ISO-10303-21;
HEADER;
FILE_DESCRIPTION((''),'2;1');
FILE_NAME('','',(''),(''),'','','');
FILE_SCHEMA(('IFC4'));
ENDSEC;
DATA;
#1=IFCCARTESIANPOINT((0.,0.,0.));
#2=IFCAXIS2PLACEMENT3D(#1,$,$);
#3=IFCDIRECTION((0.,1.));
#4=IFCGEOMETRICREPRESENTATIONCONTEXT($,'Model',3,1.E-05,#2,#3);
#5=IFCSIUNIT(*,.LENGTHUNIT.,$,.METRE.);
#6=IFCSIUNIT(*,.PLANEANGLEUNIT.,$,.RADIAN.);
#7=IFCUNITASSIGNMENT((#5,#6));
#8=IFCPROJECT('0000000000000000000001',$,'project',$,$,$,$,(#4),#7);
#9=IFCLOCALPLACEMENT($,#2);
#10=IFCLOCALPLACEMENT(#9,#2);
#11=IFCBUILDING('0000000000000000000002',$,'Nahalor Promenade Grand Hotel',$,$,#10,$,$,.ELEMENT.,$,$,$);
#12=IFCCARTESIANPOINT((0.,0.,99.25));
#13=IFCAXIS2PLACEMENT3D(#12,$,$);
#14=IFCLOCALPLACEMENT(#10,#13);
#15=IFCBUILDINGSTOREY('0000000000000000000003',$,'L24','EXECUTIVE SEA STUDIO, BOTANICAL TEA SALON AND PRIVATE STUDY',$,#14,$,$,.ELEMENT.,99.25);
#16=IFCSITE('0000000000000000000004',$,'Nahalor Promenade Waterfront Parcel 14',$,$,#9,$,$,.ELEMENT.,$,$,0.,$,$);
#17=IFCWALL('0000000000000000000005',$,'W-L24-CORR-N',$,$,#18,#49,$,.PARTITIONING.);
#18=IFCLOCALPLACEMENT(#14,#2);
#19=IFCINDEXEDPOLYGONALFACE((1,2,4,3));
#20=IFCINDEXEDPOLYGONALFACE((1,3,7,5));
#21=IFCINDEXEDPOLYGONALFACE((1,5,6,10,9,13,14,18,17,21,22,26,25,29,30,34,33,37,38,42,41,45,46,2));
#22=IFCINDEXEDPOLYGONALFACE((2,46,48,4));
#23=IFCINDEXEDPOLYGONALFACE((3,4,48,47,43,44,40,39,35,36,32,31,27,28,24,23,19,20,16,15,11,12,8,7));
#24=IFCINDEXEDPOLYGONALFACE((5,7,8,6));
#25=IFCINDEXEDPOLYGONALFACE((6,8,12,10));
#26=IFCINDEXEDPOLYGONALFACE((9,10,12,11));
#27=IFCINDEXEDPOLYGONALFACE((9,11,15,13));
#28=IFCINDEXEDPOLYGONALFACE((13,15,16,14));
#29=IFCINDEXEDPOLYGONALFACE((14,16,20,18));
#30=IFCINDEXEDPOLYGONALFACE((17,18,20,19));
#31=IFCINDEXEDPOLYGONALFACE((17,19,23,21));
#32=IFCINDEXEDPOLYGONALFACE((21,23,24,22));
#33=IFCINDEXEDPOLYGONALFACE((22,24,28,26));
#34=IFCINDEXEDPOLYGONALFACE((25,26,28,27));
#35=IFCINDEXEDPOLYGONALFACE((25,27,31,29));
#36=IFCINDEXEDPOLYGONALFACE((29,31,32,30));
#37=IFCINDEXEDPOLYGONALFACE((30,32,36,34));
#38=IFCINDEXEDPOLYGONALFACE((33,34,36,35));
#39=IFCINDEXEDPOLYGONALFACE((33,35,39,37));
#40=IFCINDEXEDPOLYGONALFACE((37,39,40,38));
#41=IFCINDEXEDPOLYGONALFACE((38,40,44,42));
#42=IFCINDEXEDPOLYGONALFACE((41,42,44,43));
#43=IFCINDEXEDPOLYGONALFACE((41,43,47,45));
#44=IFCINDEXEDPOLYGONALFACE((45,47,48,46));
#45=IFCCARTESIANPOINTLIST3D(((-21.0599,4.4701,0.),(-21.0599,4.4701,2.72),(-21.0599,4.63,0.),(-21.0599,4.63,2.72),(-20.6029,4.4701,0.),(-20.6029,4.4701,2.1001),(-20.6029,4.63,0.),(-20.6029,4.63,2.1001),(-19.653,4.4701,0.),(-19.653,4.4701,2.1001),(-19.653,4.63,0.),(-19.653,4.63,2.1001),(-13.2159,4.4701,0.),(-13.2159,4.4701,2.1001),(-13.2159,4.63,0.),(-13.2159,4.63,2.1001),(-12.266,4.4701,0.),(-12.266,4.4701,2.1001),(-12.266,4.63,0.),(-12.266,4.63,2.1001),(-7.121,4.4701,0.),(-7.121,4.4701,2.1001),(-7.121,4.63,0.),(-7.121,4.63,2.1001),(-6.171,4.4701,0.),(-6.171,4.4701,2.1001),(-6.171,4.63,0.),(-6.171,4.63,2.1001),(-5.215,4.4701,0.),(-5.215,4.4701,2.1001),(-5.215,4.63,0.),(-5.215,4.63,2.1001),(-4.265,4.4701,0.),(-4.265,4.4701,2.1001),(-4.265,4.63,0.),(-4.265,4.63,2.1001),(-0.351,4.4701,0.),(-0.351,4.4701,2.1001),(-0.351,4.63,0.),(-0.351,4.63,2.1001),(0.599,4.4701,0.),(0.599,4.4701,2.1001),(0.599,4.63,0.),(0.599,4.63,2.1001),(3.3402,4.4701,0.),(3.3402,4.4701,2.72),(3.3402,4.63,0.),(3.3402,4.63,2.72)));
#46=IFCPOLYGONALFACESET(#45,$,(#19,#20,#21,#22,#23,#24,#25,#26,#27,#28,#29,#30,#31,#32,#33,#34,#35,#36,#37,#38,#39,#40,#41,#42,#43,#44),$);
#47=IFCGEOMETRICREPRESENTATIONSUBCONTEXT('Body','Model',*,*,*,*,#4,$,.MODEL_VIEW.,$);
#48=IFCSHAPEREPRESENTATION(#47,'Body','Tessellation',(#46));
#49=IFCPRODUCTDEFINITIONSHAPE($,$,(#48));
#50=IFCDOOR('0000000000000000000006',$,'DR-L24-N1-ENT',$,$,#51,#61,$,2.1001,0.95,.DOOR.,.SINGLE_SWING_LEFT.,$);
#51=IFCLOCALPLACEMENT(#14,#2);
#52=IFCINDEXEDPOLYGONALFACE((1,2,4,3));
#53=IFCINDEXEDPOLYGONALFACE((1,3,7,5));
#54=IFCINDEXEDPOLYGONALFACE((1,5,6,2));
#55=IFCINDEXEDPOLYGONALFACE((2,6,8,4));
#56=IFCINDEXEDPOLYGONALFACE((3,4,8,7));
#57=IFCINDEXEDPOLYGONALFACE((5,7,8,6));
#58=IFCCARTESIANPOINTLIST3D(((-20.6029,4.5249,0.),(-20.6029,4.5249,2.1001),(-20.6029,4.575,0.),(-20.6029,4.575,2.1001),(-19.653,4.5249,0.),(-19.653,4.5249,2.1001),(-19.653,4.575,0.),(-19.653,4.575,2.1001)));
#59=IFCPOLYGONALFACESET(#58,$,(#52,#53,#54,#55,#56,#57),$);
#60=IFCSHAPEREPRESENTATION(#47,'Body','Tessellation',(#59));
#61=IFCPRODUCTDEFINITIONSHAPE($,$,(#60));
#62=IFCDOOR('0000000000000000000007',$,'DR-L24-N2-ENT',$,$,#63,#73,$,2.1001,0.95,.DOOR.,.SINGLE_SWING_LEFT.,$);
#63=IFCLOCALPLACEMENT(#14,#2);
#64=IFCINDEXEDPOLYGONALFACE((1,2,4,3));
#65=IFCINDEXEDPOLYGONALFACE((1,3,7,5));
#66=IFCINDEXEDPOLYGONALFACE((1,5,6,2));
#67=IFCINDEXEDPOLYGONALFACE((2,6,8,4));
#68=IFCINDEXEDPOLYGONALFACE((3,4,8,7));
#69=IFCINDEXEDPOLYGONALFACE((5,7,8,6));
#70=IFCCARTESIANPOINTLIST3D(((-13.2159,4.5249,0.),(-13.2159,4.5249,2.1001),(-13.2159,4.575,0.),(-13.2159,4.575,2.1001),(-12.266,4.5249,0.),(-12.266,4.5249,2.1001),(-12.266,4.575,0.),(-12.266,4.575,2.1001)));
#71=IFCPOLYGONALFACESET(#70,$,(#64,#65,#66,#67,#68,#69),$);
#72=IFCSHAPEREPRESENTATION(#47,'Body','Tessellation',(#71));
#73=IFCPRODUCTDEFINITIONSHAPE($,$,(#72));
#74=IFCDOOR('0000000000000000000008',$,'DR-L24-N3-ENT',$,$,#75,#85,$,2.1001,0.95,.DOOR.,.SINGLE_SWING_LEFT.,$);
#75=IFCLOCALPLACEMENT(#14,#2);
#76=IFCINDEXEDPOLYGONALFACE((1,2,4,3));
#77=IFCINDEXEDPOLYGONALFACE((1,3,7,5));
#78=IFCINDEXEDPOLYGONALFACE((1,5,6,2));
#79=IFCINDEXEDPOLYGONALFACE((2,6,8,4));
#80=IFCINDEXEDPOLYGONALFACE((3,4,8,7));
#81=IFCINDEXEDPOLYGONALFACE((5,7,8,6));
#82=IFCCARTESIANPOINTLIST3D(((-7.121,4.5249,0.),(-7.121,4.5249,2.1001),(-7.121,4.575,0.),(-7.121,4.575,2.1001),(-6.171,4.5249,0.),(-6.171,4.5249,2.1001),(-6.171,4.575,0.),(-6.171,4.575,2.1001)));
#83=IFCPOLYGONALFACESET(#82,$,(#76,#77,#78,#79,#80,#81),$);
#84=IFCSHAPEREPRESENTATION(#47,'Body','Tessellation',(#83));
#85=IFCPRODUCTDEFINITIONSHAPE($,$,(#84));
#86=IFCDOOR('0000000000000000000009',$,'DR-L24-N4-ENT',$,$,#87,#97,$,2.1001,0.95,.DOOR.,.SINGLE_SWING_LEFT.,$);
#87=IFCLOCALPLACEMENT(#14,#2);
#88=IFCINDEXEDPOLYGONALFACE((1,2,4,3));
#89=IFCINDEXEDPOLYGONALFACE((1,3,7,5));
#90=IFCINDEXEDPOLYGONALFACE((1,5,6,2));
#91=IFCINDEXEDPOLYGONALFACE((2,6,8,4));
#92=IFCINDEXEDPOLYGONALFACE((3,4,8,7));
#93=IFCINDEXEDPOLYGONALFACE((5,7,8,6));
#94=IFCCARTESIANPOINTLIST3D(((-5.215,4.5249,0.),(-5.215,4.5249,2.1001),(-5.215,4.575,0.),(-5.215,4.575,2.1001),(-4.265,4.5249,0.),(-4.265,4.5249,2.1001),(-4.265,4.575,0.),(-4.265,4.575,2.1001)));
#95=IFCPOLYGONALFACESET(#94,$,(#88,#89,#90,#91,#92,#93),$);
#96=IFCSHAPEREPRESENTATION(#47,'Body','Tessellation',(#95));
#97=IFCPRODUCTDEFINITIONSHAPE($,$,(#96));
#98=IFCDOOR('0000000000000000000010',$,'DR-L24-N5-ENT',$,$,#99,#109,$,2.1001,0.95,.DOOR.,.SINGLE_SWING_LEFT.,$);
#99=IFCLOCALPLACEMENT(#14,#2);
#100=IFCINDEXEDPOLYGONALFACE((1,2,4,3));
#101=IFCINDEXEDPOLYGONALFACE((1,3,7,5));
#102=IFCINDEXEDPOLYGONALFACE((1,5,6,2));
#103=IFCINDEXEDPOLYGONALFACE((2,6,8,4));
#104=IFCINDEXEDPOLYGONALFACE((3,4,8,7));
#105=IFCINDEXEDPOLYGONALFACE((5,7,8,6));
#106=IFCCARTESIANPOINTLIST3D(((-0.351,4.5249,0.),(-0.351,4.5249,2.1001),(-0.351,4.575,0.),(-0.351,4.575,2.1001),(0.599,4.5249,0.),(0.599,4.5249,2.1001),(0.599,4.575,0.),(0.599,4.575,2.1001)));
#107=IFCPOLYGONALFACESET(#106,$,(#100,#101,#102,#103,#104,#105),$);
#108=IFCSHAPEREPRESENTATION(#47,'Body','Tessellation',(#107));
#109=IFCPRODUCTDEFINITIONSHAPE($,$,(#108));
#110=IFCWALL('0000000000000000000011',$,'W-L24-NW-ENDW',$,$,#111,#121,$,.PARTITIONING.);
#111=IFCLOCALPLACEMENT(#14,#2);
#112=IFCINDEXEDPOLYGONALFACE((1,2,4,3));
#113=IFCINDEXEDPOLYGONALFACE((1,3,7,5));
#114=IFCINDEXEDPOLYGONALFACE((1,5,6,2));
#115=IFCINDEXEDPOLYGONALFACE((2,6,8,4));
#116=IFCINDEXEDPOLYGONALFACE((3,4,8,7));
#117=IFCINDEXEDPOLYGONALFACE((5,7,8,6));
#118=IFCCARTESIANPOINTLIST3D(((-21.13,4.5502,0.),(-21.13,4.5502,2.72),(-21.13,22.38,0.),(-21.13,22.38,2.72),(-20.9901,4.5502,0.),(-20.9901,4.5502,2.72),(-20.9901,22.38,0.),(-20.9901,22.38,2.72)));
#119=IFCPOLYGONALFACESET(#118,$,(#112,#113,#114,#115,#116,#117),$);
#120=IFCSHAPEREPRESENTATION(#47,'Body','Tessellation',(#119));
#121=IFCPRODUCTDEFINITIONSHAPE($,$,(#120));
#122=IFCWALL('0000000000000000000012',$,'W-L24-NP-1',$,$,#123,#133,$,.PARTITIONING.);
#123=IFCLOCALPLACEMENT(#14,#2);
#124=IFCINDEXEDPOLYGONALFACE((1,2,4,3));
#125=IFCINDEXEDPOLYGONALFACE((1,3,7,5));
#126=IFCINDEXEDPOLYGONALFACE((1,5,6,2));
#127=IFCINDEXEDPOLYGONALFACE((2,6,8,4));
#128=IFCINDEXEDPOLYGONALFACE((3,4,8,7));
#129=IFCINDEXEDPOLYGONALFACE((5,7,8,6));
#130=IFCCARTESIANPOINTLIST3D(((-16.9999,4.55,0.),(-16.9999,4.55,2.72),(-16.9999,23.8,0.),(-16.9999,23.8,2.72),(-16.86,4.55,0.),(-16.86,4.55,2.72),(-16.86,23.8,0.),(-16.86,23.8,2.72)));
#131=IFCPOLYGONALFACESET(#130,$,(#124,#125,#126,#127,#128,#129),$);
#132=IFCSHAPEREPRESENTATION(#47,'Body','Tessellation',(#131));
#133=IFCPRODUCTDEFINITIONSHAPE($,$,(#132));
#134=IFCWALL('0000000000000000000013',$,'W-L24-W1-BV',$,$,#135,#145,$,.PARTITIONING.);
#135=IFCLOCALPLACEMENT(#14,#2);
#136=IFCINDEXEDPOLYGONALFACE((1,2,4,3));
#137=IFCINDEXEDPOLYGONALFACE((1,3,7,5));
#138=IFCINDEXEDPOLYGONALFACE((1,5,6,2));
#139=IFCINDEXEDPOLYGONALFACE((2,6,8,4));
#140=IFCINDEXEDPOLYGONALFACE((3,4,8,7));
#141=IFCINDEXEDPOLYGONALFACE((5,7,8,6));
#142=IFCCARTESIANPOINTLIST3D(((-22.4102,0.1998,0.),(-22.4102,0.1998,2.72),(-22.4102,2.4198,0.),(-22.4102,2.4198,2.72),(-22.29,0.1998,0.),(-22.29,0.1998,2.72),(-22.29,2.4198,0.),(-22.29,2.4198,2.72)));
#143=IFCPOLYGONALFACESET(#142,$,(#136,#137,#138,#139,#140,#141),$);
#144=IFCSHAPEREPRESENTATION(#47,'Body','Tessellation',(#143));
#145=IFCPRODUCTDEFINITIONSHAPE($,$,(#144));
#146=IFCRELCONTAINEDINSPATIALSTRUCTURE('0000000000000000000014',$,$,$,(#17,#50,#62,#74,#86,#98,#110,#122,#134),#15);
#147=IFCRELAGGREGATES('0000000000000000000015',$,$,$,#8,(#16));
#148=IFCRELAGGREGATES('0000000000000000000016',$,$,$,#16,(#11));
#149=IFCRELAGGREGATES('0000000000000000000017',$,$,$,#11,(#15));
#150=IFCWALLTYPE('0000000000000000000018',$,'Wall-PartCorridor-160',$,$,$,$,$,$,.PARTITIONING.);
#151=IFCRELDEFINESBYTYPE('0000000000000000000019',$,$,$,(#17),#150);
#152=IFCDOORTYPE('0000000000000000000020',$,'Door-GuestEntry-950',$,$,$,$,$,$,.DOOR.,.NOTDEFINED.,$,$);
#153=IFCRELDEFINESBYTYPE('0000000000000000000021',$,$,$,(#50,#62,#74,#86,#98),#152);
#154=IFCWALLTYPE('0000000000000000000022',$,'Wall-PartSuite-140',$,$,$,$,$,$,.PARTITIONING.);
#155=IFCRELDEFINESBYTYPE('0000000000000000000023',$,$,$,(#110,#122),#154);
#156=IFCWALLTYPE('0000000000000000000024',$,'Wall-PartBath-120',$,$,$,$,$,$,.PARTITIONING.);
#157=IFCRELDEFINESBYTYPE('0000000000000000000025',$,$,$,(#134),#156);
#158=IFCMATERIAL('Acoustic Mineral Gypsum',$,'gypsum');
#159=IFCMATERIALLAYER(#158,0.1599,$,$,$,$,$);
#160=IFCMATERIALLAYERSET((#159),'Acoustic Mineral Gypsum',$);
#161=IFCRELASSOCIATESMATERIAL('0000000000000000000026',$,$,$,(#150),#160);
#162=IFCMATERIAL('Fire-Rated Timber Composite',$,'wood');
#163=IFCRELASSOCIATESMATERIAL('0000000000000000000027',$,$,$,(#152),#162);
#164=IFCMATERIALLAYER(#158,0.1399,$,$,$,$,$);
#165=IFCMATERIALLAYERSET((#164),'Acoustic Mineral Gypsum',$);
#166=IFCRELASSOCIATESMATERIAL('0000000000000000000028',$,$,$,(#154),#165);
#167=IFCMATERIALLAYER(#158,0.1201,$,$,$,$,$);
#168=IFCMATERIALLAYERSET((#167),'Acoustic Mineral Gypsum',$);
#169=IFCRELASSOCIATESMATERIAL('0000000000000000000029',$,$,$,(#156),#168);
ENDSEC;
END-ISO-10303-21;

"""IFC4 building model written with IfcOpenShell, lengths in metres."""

from ifc_helpers import new_model, si_unit, direction, frame, frame_2d, origin, place, context, subcontext, project, spatial, rectangle, extrude, source, transform, mapped, material, layer, layer_set, type_object, element, fill, save


model = new_model("IFC4")

# Units and contexts
model_context = context("Model", 3, precision=1e-05, world=origin(), true_north=direction((0.0, 1.0)))
body_context = subcontext(model_context, "Body", "Model", "MODEL_VIEW")
ifc_project = project(units=[si_unit("LENGTHUNIT", "METRE"), si_unit("PLANEANGLEUNIT", "RADIAN")], contexts=[model_context])

# Site, building, storey
site_placement = place(None, origin())
site = spatial("IfcSite", under=ifc_project, at=site_placement, Name="Nahalor Promenade Waterfront Parcel 14", CompositionType="ELEMENT", RefElevation=0.0)
building_placement = place(site_placement, origin())
building = spatial("IfcBuilding", under=site, at=building_placement, Name="Nahalor Promenade Grand Hotel", CompositionType="ELEMENT")
storey_placement = place(building_placement, frame((0.0, 0.0, 99.25)))
storey = spatial("IfcBuildingStorey", under=building, at=storey_placement, Name="L24", Description="EXECUTIVE SEA STUDIO, BOTANICAL TEA SALON AND PRIVATE STUDY", CompositionType="ELEMENT", Elevation=99.25)

# Wall, openings, doors
ifc_material_1 = material(Name="Acoustic Mineral Gypsum", Category="gypsum")
ifc_layer_1 = layer(ifc_material_1, 0.1599)
ifc_layer_set_1 = layer_set([ifc_layer_1], Name="Acoustic Mineral Gypsum")
wall_type_1 = type_object("IfcWallType", Name="Wall-PartCorridor-160", PredefinedType="PARTITIONING", material=ifc_layer_set_1)
shared_shape_1 = source(origin(), body_context, "Body", "SweptSolid", [
    extrude(rectangle(XDim=24.4001, YDim=0.1599, at=frame_2d((12.2002, 0.0))), origin(), (0.0, 0.0, 1.0), 2.72),
])
wall_1_placement = place(storey_placement, frame((-21.0601, 4.55, 0.0), z_axis=(0.0, 0.0, 1.0), x_axis=(1.0, 0.0, 0.0)))
wall_1 = element("IfcWall", 1, at=wall_1_placement, inside=storey, type_object=wall_type_1, Name="W-L24-CORR-N", PredefinedType="PARTITIONING", context=body_context, shape_type="MappedRepresentation", body=[
    mapped(shared_shape_1, transform((0.0, 0.0, 0.0), scale=1.0)),
])
opening_1_placement = place(wall_1_placement, frame((0.457, 0.0, 0.0)))
opening_1 = element("IfcOpeningElement", 2, at=opening_1_placement, cuts=wall_1, PredefinedType="OPENING", context=body_context, shape_type="SweptSolid", body=[
    extrude(rectangle(XDim=0.95, YDim=2.1001, at=frame_2d((0.4751, 1.05))), frame((0.0, 0.0898, 0.0), z_axis=(0.0, -1.0, 0.0), x_axis=(1.0, 0.0, 0.0)), (0.0, 0.0, 1.0), 0.1799),
])
opening_2_placement = place(wall_1_placement, frame((7.844, 0.0, 0.0)))
opening_2 = element("IfcOpeningElement", 3, at=opening_2_placement, cuts=wall_1, PredefinedType="OPENING", context=body_context, shape_type="SweptSolid", body=[
    extrude(rectangle(XDim=0.95, YDim=2.1001, at=frame_2d((0.4751, 1.05))), frame((0.0, 0.0898, 0.0), z_axis=(0.0, -1.0, 0.0), x_axis=(1.0, 0.0, 0.0)), (0.0, 0.0, 1.0), 0.1799),
])
opening_3_placement = place(wall_1_placement, frame((13.939, 0.0, 0.0)))
opening_3 = element("IfcOpeningElement", 4, at=opening_3_placement, cuts=wall_1, PredefinedType="OPENING", context=body_context, shape_type="SweptSolid", body=[
    extrude(rectangle(XDim=0.95, YDim=2.1001, at=frame_2d((0.4751, 1.05))), frame((0.0, 0.0898, 0.0), z_axis=(0.0, -1.0, 0.0), x_axis=(1.0, 0.0, 0.0)), (0.0, 0.0, 1.0), 0.1799),
])
opening_4_placement = place(wall_1_placement, frame((15.845, 0.0, 0.0)))
opening_4 = element("IfcOpeningElement", 5, at=opening_4_placement, cuts=wall_1, PredefinedType="OPENING", context=body_context, shape_type="SweptSolid", body=[
    extrude(rectangle(XDim=0.95, YDim=2.1001, at=frame_2d((0.4751, 1.05))), frame((0.0, 0.0898, 0.0), z_axis=(0.0, -1.0, 0.0), x_axis=(1.0, 0.0, 0.0)), (0.0, 0.0, 1.0), 0.1799),
])
opening_5_placement = place(wall_1_placement, frame((20.709, 0.0, 0.0)))
opening_5 = element("IfcOpeningElement", 6, at=opening_5_placement, cuts=wall_1, PredefinedType="OPENING", context=body_context, shape_type="SweptSolid", body=[
    extrude(rectangle(XDim=0.95, YDim=2.1001, at=frame_2d((0.4751, 1.05))), frame((0.0, 0.0898, 0.0), z_axis=(0.0, -1.0, 0.0), x_axis=(1.0, 0.0, 0.0)), (0.0, 0.0, 1.0), 0.1799),
])
ifc_material_2 = material(Name="Fire-Rated Timber Composite", Category="wood")
door_type_1 = type_object("IfcDoorType", Name="Door-GuestEntry-950", OperationType="NOTDEFINED", PredefinedType="DOOR", material=ifc_material_2)
shared_shape_2 = source(origin(), body_context, "Body", "SweptSolid", [
    extrude(rectangle(XDim=0.95, YDim=2.1001, at=frame_2d((0.4751, 1.05))), frame((0.0, 0.0249, 0.0), z_axis=(0.0, -1.0, 0.0), x_axis=(1.0, 0.0, 0.0)), (0.0, 0.0, 1.0), 0.05),
])
door_1_placement = place(opening_1_placement, origin())
door_1 = element("IfcDoor", 7, at=door_1_placement, inside=storey, type_object=door_type_1, Name="DR-L24-N1-ENT", OperationType="SINGLE_SWING_LEFT", OverallHeight=2.1001, OverallWidth=0.95, PredefinedType="DOOR", context=body_context, shape_type="MappedRepresentation", body=[
    mapped(shared_shape_2, transform((0.0, 0.0, 0.0), scale=1.0)),
])
fill(opening_1, door_1)
door_2_placement = place(opening_2_placement, origin())
door_2 = element("IfcDoor", 8, at=door_2_placement, inside=storey, type_object=door_type_1, Name="DR-L24-N2-ENT", OperationType="SINGLE_SWING_LEFT", OverallHeight=2.1001, OverallWidth=0.95, PredefinedType="DOOR", context=body_context, shape_type="MappedRepresentation", body=[
    mapped(shared_shape_2, transform((0.0, 0.0, 0.0), scale=1.0)),
])
fill(opening_2, door_2)
door_3_placement = place(opening_3_placement, origin())
door_3 = element("IfcDoor", 9, at=door_3_placement, inside=storey, type_object=door_type_1, Name="DR-L24-N3-ENT", OperationType="SINGLE_SWING_LEFT", OverallHeight=2.1001, OverallWidth=0.95, PredefinedType="DOOR", context=body_context, shape_type="MappedRepresentation", body=[
    mapped(shared_shape_2, transform((0.0, 0.0, 0.0), scale=1.0)),
])
fill(opening_3, door_3)
door_4_placement = place(opening_4_placement, origin())
door_4 = element("IfcDoor", 10, at=door_4_placement, inside=storey, type_object=door_type_1, Name="DR-L24-N4-ENT", OperationType="SINGLE_SWING_LEFT", OverallHeight=2.1001, OverallWidth=0.95, PredefinedType="DOOR", context=body_context, shape_type="MappedRepresentation", body=[
    mapped(shared_shape_2, transform((0.0, 0.0, 0.0), scale=1.0)),
])
fill(opening_4, door_4)
door_5_placement = place(opening_5_placement, origin())
door_5 = element("IfcDoor", 11, at=door_5_placement, inside=storey, type_object=door_type_1, Name="DR-L24-N5-ENT", OperationType="SINGLE_SWING_LEFT", OverallHeight=2.1001, OverallWidth=0.95, PredefinedType="DOOR", context=body_context, shape_type="MappedRepresentation", body=[
    mapped(shared_shape_2, transform((0.0, 0.0, 0.0), scale=1.0)),
])
fill(opening_5, door_5)

# Walls
ifc_layer_2 = layer(ifc_material_1, 0.1399)
ifc_layer_set_2 = layer_set([ifc_layer_2], Name="Acoustic Mineral Gypsum")
wall_type_2 = type_object("IfcWallType", Name="Wall-PartSuite-140", PredefinedType="PARTITIONING", material=ifc_layer_set_2)
shared_shape_3 = source(origin(), body_context, "Body", "SweptSolid", [
    extrude(rectangle(XDim=17.8298, YDim=0.1399, at=frame_2d((8.915, 0.0))), origin(), (0.0, 0.0, 1.0), 2.72),
])
wall_2_placement = place(storey_placement, frame((-21.0601, 4.55, 0.0), z_axis=(0.0, 0.0, 1.0), x_axis=(0.0, 1.0, 0.0)))
element("IfcWall", 12, at=wall_2_placement, inside=storey, type_object=wall_type_2, Name="W-L24-NW-ENDW", PredefinedType="PARTITIONING", context=body_context, shape_type="MappedRepresentation", body=[
    mapped(shared_shape_3, transform((0.0, 0.0, 0.0), scale=1.0)),
])
shared_shape_4 = source(origin(), body_context, "Body", "SweptSolid", [
    extrude(rectangle(XDim=19.25, YDim=0.1399, at=frame_2d((9.625, 0.0))), origin(), (0.0, 0.0, 1.0), 2.72),
])
wall_3_placement = place(storey_placement, frame((-16.9299, 4.55, 0.0), z_axis=(0.0, 0.0, 1.0), x_axis=(0.0, 1.0, 0.0)))
element("IfcWall", 13, at=wall_3_placement, inside=storey, type_object=wall_type_2, Name="W-L24-NP-1", PredefinedType="PARTITIONING", context=body_context, shape_type="MappedRepresentation", body=[
    mapped(shared_shape_4, transform((0.0, 0.0, 0.0), scale=1.0)),
])
ifc_layer_3 = layer(ifc_material_1, 0.1201)
ifc_layer_set_3 = layer_set([ifc_layer_3], Name="Acoustic Mineral Gypsum")
wall_type_3 = type_object("IfcWallType", Name="Wall-PartBath-120", PredefinedType="PARTITIONING", material=ifc_layer_set_3)
shared_shape_5 = source(origin(), body_context, "Body", "SweptSolid", [
    extrude(rectangle(XDim=2.22, YDim=0.1201, at=frame_2d((1.1099, 0.0))), origin(), (0.0, 0.0, 1.0), 2.72),
])
wall_4_placement = place(storey_placement, frame((-22.3501, 0.2, 0.0), z_axis=(0.0, 0.0, 1.0), x_axis=(0.0, 1.0, 0.0)))
element("IfcWall", 14, at=wall_4_placement, inside=storey, type_object=wall_type_3, Name="W-L24-W1-BV", PredefinedType="PARTITIONING", context=body_context, shape_type="MappedRepresentation", body=[
    mapped(shared_shape_5, transform((0.0, 0.0, 0.0), scale=1.0)),
])

save(model, "model.ifc")
